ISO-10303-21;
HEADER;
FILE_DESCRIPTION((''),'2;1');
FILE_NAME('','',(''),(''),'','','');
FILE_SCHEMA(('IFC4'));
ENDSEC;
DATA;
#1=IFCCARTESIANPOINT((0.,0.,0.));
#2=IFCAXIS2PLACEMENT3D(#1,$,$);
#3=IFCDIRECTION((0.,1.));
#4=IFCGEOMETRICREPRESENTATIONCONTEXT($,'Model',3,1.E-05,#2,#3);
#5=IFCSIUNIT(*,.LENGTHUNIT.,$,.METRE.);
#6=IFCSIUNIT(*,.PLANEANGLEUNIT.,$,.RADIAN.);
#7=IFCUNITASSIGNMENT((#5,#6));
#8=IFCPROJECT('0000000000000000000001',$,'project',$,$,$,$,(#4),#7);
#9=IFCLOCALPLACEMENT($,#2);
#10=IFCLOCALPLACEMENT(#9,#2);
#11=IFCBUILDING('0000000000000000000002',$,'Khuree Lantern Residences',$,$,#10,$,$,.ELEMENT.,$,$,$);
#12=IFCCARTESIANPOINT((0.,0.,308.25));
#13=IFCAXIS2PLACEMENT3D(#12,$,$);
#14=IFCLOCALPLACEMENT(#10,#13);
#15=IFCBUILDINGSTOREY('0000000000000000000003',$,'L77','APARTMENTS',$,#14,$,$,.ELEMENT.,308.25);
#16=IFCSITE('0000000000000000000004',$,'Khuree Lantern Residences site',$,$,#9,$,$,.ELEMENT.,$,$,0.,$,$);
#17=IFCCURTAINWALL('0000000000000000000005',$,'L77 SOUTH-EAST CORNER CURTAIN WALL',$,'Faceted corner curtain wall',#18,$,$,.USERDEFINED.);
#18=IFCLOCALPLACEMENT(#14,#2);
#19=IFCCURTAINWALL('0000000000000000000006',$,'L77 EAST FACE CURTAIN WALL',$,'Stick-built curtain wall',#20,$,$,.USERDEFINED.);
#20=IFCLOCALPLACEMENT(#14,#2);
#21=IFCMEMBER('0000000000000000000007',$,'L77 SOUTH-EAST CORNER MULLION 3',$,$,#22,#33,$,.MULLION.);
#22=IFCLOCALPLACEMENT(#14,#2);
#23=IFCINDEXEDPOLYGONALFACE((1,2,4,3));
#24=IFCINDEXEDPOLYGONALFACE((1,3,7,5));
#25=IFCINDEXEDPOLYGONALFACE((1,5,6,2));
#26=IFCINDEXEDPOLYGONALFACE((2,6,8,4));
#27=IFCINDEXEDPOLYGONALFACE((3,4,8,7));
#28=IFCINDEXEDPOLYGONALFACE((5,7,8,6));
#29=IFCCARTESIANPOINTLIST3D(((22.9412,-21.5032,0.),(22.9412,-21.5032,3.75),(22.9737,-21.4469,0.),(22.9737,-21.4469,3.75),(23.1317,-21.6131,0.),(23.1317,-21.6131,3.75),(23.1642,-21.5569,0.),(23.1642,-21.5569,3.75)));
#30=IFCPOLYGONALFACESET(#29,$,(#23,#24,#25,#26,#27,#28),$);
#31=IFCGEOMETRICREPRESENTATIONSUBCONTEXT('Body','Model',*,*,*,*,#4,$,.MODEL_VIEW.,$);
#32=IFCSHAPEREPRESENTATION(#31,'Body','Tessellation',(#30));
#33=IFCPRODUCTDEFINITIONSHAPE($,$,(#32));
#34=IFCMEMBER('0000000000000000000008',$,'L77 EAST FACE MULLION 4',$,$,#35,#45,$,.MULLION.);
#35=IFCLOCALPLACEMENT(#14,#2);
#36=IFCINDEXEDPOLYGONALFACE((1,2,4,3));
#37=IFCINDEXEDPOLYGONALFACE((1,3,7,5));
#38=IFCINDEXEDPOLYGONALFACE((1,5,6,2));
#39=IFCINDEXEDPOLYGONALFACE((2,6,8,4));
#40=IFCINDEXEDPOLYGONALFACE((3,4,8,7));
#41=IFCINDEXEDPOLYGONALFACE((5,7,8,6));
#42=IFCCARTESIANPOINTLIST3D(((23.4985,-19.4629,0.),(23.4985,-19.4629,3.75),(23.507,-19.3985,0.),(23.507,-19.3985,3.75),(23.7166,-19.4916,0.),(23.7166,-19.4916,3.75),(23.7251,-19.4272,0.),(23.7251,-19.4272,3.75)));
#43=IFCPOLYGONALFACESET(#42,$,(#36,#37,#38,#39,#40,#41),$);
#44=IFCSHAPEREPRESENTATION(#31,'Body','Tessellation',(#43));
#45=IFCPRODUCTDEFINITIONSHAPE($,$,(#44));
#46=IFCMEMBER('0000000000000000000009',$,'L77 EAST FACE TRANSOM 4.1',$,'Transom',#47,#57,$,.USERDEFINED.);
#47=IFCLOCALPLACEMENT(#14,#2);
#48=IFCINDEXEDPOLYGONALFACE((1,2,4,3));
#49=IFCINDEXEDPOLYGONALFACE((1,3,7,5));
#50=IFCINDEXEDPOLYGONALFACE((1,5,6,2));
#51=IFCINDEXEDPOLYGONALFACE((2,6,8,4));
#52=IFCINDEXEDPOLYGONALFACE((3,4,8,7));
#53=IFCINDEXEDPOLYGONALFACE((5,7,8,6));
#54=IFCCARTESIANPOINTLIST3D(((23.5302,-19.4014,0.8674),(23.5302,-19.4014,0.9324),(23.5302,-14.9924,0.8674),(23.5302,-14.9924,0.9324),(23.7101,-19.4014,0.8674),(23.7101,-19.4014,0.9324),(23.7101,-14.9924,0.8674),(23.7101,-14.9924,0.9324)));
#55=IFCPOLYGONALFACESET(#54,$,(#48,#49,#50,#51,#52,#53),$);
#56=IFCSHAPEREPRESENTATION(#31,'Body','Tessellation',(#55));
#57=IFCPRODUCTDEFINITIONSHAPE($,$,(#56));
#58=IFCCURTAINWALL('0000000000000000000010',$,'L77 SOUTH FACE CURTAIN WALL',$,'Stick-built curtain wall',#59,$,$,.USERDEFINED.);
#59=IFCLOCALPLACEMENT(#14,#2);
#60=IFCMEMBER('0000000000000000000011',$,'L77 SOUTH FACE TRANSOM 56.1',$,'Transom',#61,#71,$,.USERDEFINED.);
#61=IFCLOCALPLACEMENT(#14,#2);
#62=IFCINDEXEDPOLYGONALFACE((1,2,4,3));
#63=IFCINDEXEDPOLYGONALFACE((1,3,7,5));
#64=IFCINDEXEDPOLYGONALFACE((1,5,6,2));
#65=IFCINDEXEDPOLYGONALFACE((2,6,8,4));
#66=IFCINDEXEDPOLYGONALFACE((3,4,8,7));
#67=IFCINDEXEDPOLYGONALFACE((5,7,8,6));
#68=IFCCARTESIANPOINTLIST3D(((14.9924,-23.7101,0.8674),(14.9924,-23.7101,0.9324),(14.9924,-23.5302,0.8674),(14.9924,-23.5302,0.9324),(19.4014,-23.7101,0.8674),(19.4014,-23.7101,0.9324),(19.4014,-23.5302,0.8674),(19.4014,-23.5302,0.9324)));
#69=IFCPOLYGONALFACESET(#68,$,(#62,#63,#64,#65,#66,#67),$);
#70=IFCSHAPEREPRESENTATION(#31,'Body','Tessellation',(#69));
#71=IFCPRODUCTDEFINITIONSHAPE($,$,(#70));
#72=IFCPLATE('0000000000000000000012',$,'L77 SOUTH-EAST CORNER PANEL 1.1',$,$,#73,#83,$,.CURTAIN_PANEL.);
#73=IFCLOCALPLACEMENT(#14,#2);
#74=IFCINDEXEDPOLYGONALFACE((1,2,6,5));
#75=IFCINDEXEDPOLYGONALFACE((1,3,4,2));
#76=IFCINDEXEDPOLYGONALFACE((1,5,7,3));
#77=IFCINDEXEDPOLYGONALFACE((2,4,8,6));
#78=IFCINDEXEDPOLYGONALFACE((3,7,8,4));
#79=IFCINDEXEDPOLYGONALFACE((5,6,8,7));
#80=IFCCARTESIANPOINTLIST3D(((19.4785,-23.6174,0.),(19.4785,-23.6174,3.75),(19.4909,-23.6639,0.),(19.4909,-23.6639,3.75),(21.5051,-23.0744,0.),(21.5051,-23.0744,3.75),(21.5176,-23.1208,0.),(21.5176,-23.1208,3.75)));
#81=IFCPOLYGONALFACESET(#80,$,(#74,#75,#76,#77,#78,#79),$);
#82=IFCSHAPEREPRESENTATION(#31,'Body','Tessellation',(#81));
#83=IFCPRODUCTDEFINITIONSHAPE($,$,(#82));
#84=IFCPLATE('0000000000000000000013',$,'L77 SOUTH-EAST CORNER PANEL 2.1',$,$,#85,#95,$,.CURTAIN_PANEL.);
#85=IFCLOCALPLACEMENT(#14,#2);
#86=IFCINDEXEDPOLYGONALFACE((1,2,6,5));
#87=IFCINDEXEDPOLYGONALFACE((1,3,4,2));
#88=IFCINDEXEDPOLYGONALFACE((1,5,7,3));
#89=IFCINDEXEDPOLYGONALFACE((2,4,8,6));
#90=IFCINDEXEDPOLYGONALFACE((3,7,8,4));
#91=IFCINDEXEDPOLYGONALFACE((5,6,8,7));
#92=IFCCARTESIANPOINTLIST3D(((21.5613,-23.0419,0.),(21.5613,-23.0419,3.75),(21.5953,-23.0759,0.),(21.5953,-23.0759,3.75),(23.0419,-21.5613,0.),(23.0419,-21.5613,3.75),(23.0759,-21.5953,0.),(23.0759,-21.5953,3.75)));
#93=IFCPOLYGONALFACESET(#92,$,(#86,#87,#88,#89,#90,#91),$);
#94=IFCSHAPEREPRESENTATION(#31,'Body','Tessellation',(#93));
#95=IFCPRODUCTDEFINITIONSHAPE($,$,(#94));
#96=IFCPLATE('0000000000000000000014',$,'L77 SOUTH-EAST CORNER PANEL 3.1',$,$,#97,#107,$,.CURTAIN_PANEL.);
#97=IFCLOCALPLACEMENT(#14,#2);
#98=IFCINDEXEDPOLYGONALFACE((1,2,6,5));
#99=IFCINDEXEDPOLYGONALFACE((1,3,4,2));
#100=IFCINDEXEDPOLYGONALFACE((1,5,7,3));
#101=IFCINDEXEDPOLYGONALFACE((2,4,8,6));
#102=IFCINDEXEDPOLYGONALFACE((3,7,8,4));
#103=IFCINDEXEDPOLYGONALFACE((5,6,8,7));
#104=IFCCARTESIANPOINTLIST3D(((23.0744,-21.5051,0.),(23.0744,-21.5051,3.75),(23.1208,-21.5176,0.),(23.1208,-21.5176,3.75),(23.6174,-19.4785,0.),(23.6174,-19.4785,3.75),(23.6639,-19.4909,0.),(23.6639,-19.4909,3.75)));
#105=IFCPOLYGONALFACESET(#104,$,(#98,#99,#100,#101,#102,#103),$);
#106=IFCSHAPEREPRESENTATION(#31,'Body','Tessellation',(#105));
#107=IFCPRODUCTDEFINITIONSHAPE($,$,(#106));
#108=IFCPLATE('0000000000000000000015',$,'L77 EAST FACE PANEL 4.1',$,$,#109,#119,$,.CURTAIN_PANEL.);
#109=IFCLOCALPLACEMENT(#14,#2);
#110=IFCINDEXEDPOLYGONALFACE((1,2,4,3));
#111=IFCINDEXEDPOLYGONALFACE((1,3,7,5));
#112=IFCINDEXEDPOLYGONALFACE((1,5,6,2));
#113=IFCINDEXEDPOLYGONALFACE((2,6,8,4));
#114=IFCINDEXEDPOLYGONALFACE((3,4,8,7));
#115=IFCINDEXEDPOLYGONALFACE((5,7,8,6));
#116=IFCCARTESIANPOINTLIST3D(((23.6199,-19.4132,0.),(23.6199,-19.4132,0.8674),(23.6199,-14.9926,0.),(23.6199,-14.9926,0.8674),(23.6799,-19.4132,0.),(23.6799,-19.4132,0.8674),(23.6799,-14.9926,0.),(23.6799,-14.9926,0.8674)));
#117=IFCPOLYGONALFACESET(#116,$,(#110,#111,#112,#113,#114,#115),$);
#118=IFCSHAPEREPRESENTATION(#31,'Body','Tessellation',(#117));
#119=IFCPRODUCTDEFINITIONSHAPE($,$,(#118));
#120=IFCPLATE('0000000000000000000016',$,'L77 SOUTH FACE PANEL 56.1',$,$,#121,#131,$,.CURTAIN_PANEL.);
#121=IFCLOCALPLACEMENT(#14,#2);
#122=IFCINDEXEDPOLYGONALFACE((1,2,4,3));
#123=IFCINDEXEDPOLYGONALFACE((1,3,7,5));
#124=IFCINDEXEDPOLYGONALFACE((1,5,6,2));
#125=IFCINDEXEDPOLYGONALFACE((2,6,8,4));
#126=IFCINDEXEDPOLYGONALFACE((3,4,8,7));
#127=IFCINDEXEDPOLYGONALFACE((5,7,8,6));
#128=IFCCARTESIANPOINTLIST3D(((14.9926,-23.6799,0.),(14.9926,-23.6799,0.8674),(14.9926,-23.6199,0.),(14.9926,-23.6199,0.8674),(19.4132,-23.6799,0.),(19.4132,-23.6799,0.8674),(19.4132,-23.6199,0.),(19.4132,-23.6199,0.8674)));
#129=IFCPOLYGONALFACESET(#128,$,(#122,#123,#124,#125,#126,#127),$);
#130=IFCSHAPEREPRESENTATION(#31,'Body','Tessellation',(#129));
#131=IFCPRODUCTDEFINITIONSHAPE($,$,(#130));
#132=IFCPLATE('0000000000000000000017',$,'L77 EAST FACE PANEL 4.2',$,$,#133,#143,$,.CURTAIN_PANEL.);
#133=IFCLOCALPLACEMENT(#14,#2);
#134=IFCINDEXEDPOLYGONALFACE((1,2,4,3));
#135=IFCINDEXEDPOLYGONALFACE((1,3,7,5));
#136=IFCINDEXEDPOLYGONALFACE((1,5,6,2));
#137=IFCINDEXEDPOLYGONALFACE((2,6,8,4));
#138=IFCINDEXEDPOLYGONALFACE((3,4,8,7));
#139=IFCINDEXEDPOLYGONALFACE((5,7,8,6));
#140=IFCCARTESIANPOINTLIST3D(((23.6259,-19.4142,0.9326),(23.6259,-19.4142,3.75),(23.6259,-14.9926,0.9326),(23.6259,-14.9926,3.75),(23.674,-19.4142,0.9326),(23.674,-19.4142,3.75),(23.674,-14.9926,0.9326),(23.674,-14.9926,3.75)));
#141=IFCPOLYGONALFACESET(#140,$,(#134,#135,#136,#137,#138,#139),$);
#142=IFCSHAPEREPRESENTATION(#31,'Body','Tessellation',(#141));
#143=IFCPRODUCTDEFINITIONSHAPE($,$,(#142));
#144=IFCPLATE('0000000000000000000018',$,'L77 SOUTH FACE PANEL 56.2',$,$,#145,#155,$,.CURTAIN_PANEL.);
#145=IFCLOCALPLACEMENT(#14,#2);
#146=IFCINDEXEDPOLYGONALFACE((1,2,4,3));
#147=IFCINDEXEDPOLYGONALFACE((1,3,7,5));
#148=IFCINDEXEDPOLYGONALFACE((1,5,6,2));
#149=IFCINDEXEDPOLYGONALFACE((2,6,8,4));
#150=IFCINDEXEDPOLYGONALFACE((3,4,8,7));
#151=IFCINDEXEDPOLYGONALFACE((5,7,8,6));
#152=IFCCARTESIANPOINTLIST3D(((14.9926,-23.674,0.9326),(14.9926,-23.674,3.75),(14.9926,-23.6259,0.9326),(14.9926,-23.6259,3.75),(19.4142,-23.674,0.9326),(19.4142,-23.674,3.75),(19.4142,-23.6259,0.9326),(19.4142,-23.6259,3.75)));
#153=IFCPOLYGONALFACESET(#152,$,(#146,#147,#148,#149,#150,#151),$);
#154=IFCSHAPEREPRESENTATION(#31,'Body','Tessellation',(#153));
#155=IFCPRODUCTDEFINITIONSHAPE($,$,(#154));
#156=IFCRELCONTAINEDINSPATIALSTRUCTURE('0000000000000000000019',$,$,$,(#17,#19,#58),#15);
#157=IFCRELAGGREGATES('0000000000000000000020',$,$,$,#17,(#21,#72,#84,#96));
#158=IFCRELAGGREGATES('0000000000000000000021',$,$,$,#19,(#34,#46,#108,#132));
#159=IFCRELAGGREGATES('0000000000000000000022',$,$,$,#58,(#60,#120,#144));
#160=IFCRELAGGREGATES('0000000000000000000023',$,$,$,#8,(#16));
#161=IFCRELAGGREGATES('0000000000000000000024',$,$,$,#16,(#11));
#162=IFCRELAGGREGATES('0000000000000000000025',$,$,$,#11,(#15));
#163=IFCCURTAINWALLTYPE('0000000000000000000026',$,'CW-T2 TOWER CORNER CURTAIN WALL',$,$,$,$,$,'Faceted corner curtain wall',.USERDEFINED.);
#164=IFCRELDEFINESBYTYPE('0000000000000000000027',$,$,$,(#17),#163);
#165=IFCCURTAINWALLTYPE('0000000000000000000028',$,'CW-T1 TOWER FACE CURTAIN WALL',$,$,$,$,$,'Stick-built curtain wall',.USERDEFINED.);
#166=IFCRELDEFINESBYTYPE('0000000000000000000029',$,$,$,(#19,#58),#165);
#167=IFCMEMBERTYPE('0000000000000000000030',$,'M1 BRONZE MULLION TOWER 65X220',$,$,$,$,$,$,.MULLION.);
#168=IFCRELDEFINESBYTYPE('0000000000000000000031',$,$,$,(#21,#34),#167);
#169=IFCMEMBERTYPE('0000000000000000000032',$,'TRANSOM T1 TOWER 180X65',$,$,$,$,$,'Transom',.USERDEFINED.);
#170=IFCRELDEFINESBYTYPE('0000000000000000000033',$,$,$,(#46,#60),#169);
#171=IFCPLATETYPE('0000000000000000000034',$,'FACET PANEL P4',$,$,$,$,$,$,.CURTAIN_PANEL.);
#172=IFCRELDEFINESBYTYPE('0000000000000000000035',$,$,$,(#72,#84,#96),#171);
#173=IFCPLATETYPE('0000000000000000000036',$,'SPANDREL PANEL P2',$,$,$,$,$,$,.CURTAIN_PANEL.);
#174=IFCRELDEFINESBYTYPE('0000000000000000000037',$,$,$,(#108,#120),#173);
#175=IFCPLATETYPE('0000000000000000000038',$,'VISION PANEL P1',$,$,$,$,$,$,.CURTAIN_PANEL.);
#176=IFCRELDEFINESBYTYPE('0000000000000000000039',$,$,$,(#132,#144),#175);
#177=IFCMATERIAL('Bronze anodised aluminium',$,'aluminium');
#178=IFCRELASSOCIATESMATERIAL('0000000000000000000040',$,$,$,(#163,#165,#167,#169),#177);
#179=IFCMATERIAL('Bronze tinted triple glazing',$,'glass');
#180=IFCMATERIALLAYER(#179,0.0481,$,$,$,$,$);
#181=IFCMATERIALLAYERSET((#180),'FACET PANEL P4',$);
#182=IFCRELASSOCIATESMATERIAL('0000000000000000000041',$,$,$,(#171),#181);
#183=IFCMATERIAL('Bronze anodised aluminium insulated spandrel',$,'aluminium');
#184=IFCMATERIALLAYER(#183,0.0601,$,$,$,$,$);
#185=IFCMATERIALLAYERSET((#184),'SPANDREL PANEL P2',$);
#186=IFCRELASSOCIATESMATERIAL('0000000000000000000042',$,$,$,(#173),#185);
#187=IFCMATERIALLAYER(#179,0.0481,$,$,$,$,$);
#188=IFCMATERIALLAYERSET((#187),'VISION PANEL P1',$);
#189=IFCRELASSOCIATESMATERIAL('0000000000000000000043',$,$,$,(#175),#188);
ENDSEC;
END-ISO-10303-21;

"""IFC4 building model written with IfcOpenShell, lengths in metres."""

from ifc_helpers import new_model, si_unit, direction, frame, origin, origin_2d, place, context, subcontext, project, spatial, rectangle, extrude, material, layer, layer_set, material_profile, profile_set, type_object, element, aggregate, save


model = new_model("IFC4")

# Units and contexts
model_context = context("Model", 3, precision=1e-05, world=origin(), true_north=direction((0.0, 1.0)))
body_context = subcontext(model_context, "Body", "Model", "MODEL_VIEW")
ifc_project = project(units=[si_unit("LENGTHUNIT", "METRE"), si_unit("PLANEANGLEUNIT", "RADIAN")], contexts=[model_context])

# Site, building, storey
site_placement = place(None, origin())
site = spatial("IfcSite", under=ifc_project, at=site_placement, Name="Khuree Lantern Residences site", CompositionType="ELEMENT", RefElevation=0.0)
building_placement = place(site_placement, origin())
building = spatial("IfcBuilding", under=site, at=building_placement, Name="Khuree Lantern Residences", CompositionType="ELEMENT")
storey_placement = place(building_placement, frame((0.0, 0.0, 308.25)))
storey = spatial("IfcBuildingStorey", under=building, at=storey_placement, Name="L77", Description="APARTMENTS", CompositionType="ELEMENT", Elevation=308.25)

# Curtain walls
ifc_material_1 = material(Name="Bronze anodised aluminium", Category="aluminium")
curtain_wall_type_1 = type_object("IfcCurtainWallType", Name="CW-T2 TOWER CORNER CURTAIN WALL", ElementType="Faceted corner curtain wall", PredefinedType="USERDEFINED", material=ifc_material_1)
curtain_wall_1_placement = place(storey_placement, origin())
curtain_wall_1 = element("IfcCurtainWall", 1, at=curtain_wall_1_placement, inside=storey, type_object=curtain_wall_type_1, Name="L77 SOUTH-EAST CORNER CURTAIN WALL", ObjectType="Faceted corner curtain wall", PredefinedType="USERDEFINED")
curtain_wall_type_2 = type_object("IfcCurtainWallType", Name="CW-T1 TOWER FACE CURTAIN WALL", ElementType="Stick-built curtain wall", PredefinedType="USERDEFINED", material=ifc_material_1)
curtain_wall_2_placement = place(storey_placement, origin())
curtain_wall_2 = element("IfcCurtainWall", 2, at=curtain_wall_2_placement, inside=storey, type_object=curtain_wall_type_2, Name="L77 EAST FACE CURTAIN WALL", ObjectType="Stick-built curtain wall", PredefinedType="USERDEFINED")

# Members
ifc_material_profile_1 = material_profile(ifc_material_1, rectangle(XDim=0.0649, YDim=0.22, at=origin_2d()), Name="M1 65X220")
ifc_profile_set_1 = profile_set([ifc_material_profile_1], Name="Bronze anodised aluminium")
member_type_1 = type_object("IfcMemberType", Name="M1 BRONZE MULLION TOWER 65X220", PredefinedType="MULLION", material=ifc_profile_set_1)
member_1_placement = place(storey_placement, frame((23.0527, -21.53, 0.0), z_axis=(0.0, 0.0, 1.0), x_axis=(0.5, 0.866025, 0.0)))
member_1 = element("IfcMember", 3, at=member_1_placement, type_object=member_type_1, Name="L77 SOUTH-EAST CORNER MULLION 3", PredefinedType="MULLION", context=body_context, shape_type="SweptSolid", body=[
    extrude(rectangle(XDim=0.0649, YDim=0.22, at=origin_2d()), origin(), (0.0, 0.0, 1.0), 3.75),
])
member_2_placement = place(storey_placement, frame((23.6118, -19.4451, 0.0), z_axis=(0.0, 0.0, 1.0), x_axis=(0.130526, 0.991445, 0.0)))
member_2 = element("IfcMember", 4, at=member_2_placement, type_object=member_type_1, Name="L77 EAST FACE MULLION 4", PredefinedType="MULLION", context=body_context, shape_type="SweptSolid", body=[
    extrude(rectangle(XDim=0.0649, YDim=0.22, at=origin_2d()), origin(), (0.0, 0.0, 1.0), 3.75),
])
ifc_material_profile_2 = material_profile(ifc_material_1, rectangle(XDim=0.1799, YDim=0.0649, at=origin_2d()), Name="T1 180X65")
ifc_profile_set_2 = profile_set([ifc_material_profile_2], Name="Bronze anodised aluminium")
member_type_2 = type_object("IfcMemberType", Name="TRANSOM T1 TOWER 180X65", ElementType="Transom", PredefinedType="USERDEFINED", material=ifc_profile_set_2)
member_3_placement = place(storey_placement, frame((23.6201, -19.4014, 0.8999), z_axis=(0.0, 1.0, 0.0), x_axis=(-1.0, 0.0, 0.0)))
member_3 = element("IfcMember", 5, at=member_3_placement, type_object=member_type_2, Name="L77 EAST FACE TRANSOM 4.1", ObjectType="Transom", PredefinedType="USERDEFINED", context=body_context, shape_type="SweptSolid", body=[
    extrude(rectangle(XDim=0.1799, YDim=0.0649, at=origin_2d()), origin(), (0.0, 0.0, 1.0), 4.4089),
])

# Curtain wall, member
curtain_wall_3_placement = place(storey_placement, origin())
curtain_wall_3 = element("IfcCurtainWall", 6, at=curtain_wall_3_placement, inside=storey, type_object=curtain_wall_type_2, Name="L77 SOUTH FACE CURTAIN WALL", ObjectType="Stick-built curtain wall", PredefinedType="USERDEFINED")
member_4_placement = place(storey_placement, frame((14.9924, -23.6201, 0.8999), z_axis=(1.0, 0.0, 0.0), x_axis=(0.0, 1.0, 0.0)))
member_4 = element("IfcMember", 7, at=member_4_placement, type_object=member_type_2, Name="L77 SOUTH FACE TRANSOM 56.1", ObjectType="Transom", PredefinedType="USERDEFINED", context=body_context, shape_type="SweptSolid", body=[
    extrude(rectangle(XDim=0.1799, YDim=0.0649, at=origin_2d()), origin(), (0.0, 0.0, 1.0), 4.4089),
])

# Plates
ifc_material_2 = material(Name="Bronze tinted triple glazing", Category="glass")
ifc_layer_1 = layer(ifc_material_2, 0.0481)
ifc_layer_set_1 = layer_set([ifc_layer_1], Name="FACET PANEL P4")
plate_type_1 = type_object("IfcPlateType", Name="FACET PANEL P4", PredefinedType="CURTAIN_PANEL", material=ifc_layer_set_1)
plate_1_placement = place(storey_placement, frame((20.498, -23.3691, 0.0), z_axis=(0.0, 0.0, 1.0), x_axis=(0.965926, 0.258819, 0.0)))
plate_1 = element("IfcPlate", 8, at=plate_1_placement, type_object=plate_type_1, Name="L77 SOUTH-EAST CORNER PANEL 1.1", PredefinedType="CURTAIN_PANEL", context=body_context, shape_type="SweptSolid", body=[
    extrude(rectangle(XDim=2.0981, YDim=0.0481, at=origin_2d()), origin(), (0.0, 0.0, 1.0), 3.75),
])
plate_2_placement = place(storey_placement, frame((22.3186, -22.3186, 0.0), z_axis=(0.0, 0.0, 1.0), x_axis=(0.707107, 0.707107, 0.0)))
plate_2 = element("IfcPlate", 9, at=plate_2_placement, type_object=plate_type_1, Name="L77 SOUTH-EAST CORNER PANEL 2.1", PredefinedType="CURTAIN_PANEL", context=body_context, shape_type="SweptSolid", body=[
    extrude(rectangle(XDim=2.094, YDim=0.0481, at=origin_2d()), origin(), (0.0, 0.0, 1.0), 3.75),
])
plate_3_placement = place(storey_placement, frame((23.3691, -20.498, 0.0), z_axis=(0.0, 0.0, 1.0), x_axis=(0.258819, 0.965926, 0.0)))
plate_3 = element("IfcPlate", 10, at=plate_3_placement, type_object=plate_type_1, Name="L77 SOUTH-EAST CORNER PANEL 3.1", PredefinedType="CURTAIN_PANEL", context=body_context, shape_type="SweptSolid", body=[
    extrude(rectangle(XDim=2.0981, YDim=0.0481, at=origin_2d()), origin(), (0.0, 0.0, 1.0), 3.75),
])
aggregate(curtain_wall_1, [member_1, plate_1, plate_2, plate_3])
ifc_material_3 = material(Name="Bronze anodised aluminium insulated spandrel", Category="aluminium")
ifc_layer_2 = layer(ifc_material_3, 0.0601)
ifc_layer_set_2 = layer_set([ifc_layer_2], Name="SPANDREL PANEL P2")
plate_type_2 = type_object("IfcPlateType", Name="SPANDREL PANEL P2", PredefinedType="CURTAIN_PANEL", material=ifc_layer_set_2)
plate_4_placement = place(storey_placement, frame((23.6499, -17.2029, 0.0), z_axis=(0.0, 0.0, 1.0), x_axis=(0.0, 1.0, 0.0)))
plate_4 = element("IfcPlate", 11, at=plate_4_placement, type_object=plate_type_2, Name="L77 EAST FACE PANEL 4.1", PredefinedType="CURTAIN_PANEL", context=body_context, shape_type="SweptSolid", body=[
    extrude(rectangle(XDim=4.4207, YDim=0.0601, at=origin_2d()), origin(), (0.0, 0.0, 1.0), 0.8674),
])
plate_5_placement = place(storey_placement, frame((17.2029, -23.6499, 0.0), z_axis=(0.0, 0.0, 1.0), x_axis=(1.0, 0.0, 0.0)))
plate_5 = element("IfcPlate", 12, at=plate_5_placement, type_object=plate_type_2, Name="L77 SOUTH FACE PANEL 56.1", PredefinedType="CURTAIN_PANEL", context=body_context, shape_type="SweptSolid", body=[
    extrude(rectangle(XDim=4.4207, YDim=0.0601, at=origin_2d()), origin(), (0.0, 0.0, 1.0), 0.8674),
])
ifc_layer_3 = layer(ifc_material_2, 0.0481)
ifc_layer_set_3 = layer_set([ifc_layer_3], Name="VISION PANEL P1")
plate_type_3 = type_object("IfcPlateType", Name="VISION PANEL P1", PredefinedType="CURTAIN_PANEL", material=ifc_layer_set_3)
plate_6_placement = place(storey_placement, frame((23.6499, -17.2034, 0.9326), z_axis=(0.0, 0.0, 1.0), x_axis=(0.0, 1.0, 0.0)))
plate_6 = element("IfcPlate", 13, at=plate_6_placement, type_object=plate_type_3, Name="L77 EAST FACE PANEL 4.2", PredefinedType="CURTAIN_PANEL", context=body_context, shape_type="SweptSolid", body=[
    extrude(rectangle(XDim=4.4216, YDim=0.0481, at=origin_2d()), origin(), (0.0, 0.0, 1.0), 2.8174),
])
aggregate(curtain_wall_2, [member_2, member_3, plate_4, plate_6])
plate_7_placement = place(storey_placement, frame((17.2034, -23.6499, 0.9326), z_axis=(0.0, 0.0, 1.0), x_axis=(1.0, 0.0, 0.0)))
plate_7 = element("IfcPlate", 14, at=plate_7_placement, type_object=plate_type_3, Name="L77 SOUTH FACE PANEL 56.2", PredefinedType="CURTAIN_PANEL", context=body_context, shape_type="SweptSolid", body=[
    extrude(rectangle(XDim=4.4216, YDim=0.0481, at=origin_2d()), origin(), (0.0, 0.0, 1.0), 2.8174),
])
aggregate(curtain_wall_3, [member_4, plate_5, plate_7])

save(model, "model.ifc")
